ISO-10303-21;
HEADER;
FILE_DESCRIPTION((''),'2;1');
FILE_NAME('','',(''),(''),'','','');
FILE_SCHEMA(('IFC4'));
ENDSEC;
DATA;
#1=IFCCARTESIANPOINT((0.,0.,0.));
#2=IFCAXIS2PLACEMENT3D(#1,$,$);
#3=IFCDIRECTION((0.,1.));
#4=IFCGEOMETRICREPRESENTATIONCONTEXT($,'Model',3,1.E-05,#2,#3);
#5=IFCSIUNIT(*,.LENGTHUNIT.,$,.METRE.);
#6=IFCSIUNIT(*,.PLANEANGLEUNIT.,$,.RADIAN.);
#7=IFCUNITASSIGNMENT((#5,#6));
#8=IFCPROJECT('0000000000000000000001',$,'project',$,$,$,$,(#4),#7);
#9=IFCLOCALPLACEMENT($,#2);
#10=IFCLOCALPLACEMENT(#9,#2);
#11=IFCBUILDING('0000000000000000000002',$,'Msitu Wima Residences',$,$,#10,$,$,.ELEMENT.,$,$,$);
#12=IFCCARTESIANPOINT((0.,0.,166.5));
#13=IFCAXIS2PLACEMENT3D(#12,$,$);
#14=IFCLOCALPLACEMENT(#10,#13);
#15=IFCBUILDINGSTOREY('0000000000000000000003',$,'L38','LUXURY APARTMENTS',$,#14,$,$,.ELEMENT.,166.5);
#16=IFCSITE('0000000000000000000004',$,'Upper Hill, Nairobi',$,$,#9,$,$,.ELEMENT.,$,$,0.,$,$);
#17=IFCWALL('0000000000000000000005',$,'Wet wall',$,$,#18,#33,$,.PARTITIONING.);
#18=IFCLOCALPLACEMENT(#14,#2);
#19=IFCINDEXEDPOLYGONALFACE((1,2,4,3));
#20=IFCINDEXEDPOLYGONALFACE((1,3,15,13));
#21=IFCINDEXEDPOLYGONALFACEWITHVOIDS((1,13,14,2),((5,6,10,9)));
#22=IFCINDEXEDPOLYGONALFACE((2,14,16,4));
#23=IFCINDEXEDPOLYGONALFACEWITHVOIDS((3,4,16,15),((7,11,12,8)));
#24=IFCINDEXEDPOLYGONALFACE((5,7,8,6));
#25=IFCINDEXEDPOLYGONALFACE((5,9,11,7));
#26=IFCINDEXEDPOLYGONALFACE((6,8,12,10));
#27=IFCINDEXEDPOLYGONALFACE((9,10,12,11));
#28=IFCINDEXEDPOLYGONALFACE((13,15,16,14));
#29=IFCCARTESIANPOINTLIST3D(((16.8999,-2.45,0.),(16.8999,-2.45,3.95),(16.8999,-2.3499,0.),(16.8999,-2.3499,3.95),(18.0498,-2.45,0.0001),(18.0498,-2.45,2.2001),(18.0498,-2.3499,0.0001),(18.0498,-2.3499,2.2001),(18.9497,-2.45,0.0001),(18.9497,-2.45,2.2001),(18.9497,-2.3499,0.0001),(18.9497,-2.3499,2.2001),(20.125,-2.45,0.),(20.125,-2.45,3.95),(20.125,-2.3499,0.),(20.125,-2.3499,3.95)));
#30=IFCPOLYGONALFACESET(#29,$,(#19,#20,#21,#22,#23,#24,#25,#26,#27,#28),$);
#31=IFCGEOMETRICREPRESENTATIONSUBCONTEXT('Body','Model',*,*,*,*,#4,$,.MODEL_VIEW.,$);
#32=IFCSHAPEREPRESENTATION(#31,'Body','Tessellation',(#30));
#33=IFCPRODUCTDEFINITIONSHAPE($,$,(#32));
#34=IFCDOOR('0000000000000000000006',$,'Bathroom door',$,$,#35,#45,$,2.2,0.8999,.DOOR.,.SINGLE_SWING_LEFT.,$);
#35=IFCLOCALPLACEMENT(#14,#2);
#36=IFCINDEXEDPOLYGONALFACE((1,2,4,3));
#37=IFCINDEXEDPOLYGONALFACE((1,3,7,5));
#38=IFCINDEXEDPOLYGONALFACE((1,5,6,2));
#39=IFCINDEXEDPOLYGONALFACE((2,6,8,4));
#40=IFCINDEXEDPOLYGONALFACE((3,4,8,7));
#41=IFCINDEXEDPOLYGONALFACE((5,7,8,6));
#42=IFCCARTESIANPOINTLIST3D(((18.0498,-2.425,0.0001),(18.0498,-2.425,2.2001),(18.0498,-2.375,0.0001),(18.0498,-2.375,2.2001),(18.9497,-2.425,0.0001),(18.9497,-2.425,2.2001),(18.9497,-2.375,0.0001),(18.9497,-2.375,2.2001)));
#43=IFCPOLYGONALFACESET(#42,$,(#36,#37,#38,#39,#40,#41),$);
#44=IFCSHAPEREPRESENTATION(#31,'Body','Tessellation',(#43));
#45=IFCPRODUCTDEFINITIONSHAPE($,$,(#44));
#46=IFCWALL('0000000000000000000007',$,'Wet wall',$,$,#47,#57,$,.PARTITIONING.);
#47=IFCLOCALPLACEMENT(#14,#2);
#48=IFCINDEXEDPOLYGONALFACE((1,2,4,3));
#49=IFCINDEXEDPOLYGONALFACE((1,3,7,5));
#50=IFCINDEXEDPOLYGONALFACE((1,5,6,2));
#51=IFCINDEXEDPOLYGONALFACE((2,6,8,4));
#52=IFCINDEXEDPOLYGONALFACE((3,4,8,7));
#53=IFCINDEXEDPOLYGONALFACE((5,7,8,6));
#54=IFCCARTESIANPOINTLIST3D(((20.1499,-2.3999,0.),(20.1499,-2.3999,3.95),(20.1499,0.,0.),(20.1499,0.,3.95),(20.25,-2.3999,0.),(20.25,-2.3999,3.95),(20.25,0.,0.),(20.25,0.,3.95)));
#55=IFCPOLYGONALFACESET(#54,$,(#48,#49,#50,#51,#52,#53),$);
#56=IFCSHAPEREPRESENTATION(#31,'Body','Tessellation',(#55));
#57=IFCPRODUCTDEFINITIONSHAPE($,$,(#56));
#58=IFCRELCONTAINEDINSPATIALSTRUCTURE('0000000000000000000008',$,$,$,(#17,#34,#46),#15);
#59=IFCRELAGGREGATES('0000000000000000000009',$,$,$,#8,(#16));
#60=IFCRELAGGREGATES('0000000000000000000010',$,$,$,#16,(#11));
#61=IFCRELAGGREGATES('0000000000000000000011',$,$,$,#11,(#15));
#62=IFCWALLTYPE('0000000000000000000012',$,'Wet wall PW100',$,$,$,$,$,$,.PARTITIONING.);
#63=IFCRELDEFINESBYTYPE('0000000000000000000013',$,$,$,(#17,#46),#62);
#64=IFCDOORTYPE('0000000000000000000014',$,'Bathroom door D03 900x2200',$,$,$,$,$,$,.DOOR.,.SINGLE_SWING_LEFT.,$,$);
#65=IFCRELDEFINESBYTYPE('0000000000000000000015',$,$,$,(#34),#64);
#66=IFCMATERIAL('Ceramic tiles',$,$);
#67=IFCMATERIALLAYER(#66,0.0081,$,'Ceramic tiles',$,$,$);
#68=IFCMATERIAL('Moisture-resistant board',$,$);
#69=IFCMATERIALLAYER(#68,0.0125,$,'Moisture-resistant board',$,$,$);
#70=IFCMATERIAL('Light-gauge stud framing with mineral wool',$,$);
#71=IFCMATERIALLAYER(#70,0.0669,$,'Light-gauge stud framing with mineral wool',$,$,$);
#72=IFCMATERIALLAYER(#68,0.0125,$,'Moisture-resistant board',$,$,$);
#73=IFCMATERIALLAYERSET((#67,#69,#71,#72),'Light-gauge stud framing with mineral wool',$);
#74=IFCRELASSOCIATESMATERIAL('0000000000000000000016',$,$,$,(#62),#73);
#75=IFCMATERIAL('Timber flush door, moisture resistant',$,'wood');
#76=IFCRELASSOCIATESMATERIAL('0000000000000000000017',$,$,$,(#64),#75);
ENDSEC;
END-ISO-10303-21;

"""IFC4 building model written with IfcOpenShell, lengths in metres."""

from ifc_helpers import new_model, si_unit, direction, frame, frame_2d, origin, place, context, subcontext, project, spatial, rectangle, extrude, material, layer, layer_set, type_object, element, fill, save


model = new_model("IFC4")

# Units and contexts
model_context = context("Model", 3, precision=1e-05, world=origin(), true_north=direction((0.0, 1.0)))
body_context = subcontext(model_context, "Body", "Model", "MODEL_VIEW")
ifc_project = project(units=[si_unit("LENGTHUNIT", "METRE"), si_unit("PLANEANGLEUNIT", "RADIAN")], contexts=[model_context])

# Site, building, storey
site_placement = place(None, origin())
site = spatial("IfcSite", under=ifc_project, at=site_placement, Name="Upper Hill, Nairobi", CompositionType="ELEMENT", RefElevation=0.0)
building_placement = place(site_placement, origin())
building = spatial("IfcBuilding", under=site, at=building_placement, Name="Msitu Wima Residences", CompositionType="ELEMENT")
storey_placement = place(building_placement, frame((0.0, 0.0, 166.5)))
storey = spatial("IfcBuildingStorey", under=building, at=storey_placement, Name="L38", Description="LUXURY APARTMENTS", CompositionType="ELEMENT", Elevation=166.5)

# Wall, opening, door
ifc_material_1 = material(Name="Ceramic tiles")
ifc_layer_1 = layer(ifc_material_1, 0.0081, Name="Ceramic tiles")
ifc_material_2 = material(Name="Moisture-resistant board")
ifc_layer_2 = layer(ifc_material_2, 0.0125, Name="Moisture-resistant board")
ifc_material_3 = material(Name="Light-gauge stud framing with mineral wool")
ifc_layer_3 = layer(ifc_material_3, 0.0669, Name="Light-gauge stud framing with mineral wool")
ifc_layer_4 = layer(ifc_material_2, 0.0125, Name="Moisture-resistant board")
ifc_layer_set_1 = layer_set([ifc_layer_1, ifc_layer_2, ifc_layer_3, ifc_layer_4], Name="Light-gauge stud framing with mineral wool")
wall_type_1 = type_object("IfcWallType", Name="Wet wall PW100", PredefinedType="PARTITIONING", material=ifc_layer_set_1)
wall_1_placement = place(storey_placement, frame((16.8999, -2.3999, 0.0), z_axis=(0.0, 0.0, 1.0), x_axis=(1.0, 0.0, 0.0)))
wall_1 = element("IfcWall", 1, at=wall_1_placement, inside=storey, type_object=wall_type_1, Name="Wet wall", PredefinedType="PARTITIONING", context=body_context, shape_type="SweptSolid", body=[
    extrude(rectangle(XDim=3.2251, YDim=0.1001, at=frame_2d((1.6125, 0.0))), origin(), (0.0, 0.0, 1.0), 3.95),
])
opening_1_placement = place(wall_1_placement, frame((1.1499, 0.0, 0.0)))
opening_1 = element("IfcOpeningElement", 2, at=opening_1_placement, cuts=wall_1, PredefinedType="OPENING", context=body_context, shape_type="SweptSolid", body=[
    extrude(rectangle(XDim=0.8999, YDim=2.2, at=frame_2d((0.45, 1.1001))), frame((0.0, 0.0601, 0.0), z_axis=(0.0, -1.0, 0.0), x_axis=(1.0, 0.0, 0.0)), (0.0, 0.0, 1.0), 0.1201),
])
ifc_material_4 = material(Name="Timber flush door, moisture resistant", Category="wood")
door_type_1 = type_object("IfcDoorType", Name="Bathroom door D03 900x2200", OperationType="SINGLE_SWING_LEFT", PredefinedType="DOOR", material=ifc_material_4)
door_1_placement = place(opening_1_placement, origin())
door_1 = element("IfcDoor", 3, at=door_1_placement, inside=storey, type_object=door_type_1, Name="Bathroom door", OperationType="SINGLE_SWING_LEFT", OverallHeight=2.2, OverallWidth=0.8999, PredefinedType="DOOR", context=body_context, shape_type="SweptSolid", body=[
    extrude(rectangle(XDim=0.8999, YDim=2.2, at=frame_2d((0.45, 1.1001))), frame((0.0, 0.0249, 0.0), z_axis=(0.0, -1.0, 0.0), x_axis=(1.0, 0.0, 0.0)), (0.0, 0.0, 1.0), 0.05),
])
fill(opening_1, door_1)

# Wall
wall_2_placement = place(storey_placement, frame((20.2, -2.3999, 0.0), z_axis=(0.0, 0.0, 1.0), x_axis=(0.0, 1.0, 0.0)))
element("IfcWall", 4, at=wall_2_placement, inside=storey, type_object=wall_type_1, Name="Wet wall", PredefinedType="PARTITIONING", context=body_context, shape_type="SweptSolid", body=[
    extrude(rectangle(XDim=2.3999, YDim=0.1001, at=frame_2d((1.2, 0.0))), origin(), (0.0, 0.0, 1.0), 3.95),
])

save(model, "model.ifc")
